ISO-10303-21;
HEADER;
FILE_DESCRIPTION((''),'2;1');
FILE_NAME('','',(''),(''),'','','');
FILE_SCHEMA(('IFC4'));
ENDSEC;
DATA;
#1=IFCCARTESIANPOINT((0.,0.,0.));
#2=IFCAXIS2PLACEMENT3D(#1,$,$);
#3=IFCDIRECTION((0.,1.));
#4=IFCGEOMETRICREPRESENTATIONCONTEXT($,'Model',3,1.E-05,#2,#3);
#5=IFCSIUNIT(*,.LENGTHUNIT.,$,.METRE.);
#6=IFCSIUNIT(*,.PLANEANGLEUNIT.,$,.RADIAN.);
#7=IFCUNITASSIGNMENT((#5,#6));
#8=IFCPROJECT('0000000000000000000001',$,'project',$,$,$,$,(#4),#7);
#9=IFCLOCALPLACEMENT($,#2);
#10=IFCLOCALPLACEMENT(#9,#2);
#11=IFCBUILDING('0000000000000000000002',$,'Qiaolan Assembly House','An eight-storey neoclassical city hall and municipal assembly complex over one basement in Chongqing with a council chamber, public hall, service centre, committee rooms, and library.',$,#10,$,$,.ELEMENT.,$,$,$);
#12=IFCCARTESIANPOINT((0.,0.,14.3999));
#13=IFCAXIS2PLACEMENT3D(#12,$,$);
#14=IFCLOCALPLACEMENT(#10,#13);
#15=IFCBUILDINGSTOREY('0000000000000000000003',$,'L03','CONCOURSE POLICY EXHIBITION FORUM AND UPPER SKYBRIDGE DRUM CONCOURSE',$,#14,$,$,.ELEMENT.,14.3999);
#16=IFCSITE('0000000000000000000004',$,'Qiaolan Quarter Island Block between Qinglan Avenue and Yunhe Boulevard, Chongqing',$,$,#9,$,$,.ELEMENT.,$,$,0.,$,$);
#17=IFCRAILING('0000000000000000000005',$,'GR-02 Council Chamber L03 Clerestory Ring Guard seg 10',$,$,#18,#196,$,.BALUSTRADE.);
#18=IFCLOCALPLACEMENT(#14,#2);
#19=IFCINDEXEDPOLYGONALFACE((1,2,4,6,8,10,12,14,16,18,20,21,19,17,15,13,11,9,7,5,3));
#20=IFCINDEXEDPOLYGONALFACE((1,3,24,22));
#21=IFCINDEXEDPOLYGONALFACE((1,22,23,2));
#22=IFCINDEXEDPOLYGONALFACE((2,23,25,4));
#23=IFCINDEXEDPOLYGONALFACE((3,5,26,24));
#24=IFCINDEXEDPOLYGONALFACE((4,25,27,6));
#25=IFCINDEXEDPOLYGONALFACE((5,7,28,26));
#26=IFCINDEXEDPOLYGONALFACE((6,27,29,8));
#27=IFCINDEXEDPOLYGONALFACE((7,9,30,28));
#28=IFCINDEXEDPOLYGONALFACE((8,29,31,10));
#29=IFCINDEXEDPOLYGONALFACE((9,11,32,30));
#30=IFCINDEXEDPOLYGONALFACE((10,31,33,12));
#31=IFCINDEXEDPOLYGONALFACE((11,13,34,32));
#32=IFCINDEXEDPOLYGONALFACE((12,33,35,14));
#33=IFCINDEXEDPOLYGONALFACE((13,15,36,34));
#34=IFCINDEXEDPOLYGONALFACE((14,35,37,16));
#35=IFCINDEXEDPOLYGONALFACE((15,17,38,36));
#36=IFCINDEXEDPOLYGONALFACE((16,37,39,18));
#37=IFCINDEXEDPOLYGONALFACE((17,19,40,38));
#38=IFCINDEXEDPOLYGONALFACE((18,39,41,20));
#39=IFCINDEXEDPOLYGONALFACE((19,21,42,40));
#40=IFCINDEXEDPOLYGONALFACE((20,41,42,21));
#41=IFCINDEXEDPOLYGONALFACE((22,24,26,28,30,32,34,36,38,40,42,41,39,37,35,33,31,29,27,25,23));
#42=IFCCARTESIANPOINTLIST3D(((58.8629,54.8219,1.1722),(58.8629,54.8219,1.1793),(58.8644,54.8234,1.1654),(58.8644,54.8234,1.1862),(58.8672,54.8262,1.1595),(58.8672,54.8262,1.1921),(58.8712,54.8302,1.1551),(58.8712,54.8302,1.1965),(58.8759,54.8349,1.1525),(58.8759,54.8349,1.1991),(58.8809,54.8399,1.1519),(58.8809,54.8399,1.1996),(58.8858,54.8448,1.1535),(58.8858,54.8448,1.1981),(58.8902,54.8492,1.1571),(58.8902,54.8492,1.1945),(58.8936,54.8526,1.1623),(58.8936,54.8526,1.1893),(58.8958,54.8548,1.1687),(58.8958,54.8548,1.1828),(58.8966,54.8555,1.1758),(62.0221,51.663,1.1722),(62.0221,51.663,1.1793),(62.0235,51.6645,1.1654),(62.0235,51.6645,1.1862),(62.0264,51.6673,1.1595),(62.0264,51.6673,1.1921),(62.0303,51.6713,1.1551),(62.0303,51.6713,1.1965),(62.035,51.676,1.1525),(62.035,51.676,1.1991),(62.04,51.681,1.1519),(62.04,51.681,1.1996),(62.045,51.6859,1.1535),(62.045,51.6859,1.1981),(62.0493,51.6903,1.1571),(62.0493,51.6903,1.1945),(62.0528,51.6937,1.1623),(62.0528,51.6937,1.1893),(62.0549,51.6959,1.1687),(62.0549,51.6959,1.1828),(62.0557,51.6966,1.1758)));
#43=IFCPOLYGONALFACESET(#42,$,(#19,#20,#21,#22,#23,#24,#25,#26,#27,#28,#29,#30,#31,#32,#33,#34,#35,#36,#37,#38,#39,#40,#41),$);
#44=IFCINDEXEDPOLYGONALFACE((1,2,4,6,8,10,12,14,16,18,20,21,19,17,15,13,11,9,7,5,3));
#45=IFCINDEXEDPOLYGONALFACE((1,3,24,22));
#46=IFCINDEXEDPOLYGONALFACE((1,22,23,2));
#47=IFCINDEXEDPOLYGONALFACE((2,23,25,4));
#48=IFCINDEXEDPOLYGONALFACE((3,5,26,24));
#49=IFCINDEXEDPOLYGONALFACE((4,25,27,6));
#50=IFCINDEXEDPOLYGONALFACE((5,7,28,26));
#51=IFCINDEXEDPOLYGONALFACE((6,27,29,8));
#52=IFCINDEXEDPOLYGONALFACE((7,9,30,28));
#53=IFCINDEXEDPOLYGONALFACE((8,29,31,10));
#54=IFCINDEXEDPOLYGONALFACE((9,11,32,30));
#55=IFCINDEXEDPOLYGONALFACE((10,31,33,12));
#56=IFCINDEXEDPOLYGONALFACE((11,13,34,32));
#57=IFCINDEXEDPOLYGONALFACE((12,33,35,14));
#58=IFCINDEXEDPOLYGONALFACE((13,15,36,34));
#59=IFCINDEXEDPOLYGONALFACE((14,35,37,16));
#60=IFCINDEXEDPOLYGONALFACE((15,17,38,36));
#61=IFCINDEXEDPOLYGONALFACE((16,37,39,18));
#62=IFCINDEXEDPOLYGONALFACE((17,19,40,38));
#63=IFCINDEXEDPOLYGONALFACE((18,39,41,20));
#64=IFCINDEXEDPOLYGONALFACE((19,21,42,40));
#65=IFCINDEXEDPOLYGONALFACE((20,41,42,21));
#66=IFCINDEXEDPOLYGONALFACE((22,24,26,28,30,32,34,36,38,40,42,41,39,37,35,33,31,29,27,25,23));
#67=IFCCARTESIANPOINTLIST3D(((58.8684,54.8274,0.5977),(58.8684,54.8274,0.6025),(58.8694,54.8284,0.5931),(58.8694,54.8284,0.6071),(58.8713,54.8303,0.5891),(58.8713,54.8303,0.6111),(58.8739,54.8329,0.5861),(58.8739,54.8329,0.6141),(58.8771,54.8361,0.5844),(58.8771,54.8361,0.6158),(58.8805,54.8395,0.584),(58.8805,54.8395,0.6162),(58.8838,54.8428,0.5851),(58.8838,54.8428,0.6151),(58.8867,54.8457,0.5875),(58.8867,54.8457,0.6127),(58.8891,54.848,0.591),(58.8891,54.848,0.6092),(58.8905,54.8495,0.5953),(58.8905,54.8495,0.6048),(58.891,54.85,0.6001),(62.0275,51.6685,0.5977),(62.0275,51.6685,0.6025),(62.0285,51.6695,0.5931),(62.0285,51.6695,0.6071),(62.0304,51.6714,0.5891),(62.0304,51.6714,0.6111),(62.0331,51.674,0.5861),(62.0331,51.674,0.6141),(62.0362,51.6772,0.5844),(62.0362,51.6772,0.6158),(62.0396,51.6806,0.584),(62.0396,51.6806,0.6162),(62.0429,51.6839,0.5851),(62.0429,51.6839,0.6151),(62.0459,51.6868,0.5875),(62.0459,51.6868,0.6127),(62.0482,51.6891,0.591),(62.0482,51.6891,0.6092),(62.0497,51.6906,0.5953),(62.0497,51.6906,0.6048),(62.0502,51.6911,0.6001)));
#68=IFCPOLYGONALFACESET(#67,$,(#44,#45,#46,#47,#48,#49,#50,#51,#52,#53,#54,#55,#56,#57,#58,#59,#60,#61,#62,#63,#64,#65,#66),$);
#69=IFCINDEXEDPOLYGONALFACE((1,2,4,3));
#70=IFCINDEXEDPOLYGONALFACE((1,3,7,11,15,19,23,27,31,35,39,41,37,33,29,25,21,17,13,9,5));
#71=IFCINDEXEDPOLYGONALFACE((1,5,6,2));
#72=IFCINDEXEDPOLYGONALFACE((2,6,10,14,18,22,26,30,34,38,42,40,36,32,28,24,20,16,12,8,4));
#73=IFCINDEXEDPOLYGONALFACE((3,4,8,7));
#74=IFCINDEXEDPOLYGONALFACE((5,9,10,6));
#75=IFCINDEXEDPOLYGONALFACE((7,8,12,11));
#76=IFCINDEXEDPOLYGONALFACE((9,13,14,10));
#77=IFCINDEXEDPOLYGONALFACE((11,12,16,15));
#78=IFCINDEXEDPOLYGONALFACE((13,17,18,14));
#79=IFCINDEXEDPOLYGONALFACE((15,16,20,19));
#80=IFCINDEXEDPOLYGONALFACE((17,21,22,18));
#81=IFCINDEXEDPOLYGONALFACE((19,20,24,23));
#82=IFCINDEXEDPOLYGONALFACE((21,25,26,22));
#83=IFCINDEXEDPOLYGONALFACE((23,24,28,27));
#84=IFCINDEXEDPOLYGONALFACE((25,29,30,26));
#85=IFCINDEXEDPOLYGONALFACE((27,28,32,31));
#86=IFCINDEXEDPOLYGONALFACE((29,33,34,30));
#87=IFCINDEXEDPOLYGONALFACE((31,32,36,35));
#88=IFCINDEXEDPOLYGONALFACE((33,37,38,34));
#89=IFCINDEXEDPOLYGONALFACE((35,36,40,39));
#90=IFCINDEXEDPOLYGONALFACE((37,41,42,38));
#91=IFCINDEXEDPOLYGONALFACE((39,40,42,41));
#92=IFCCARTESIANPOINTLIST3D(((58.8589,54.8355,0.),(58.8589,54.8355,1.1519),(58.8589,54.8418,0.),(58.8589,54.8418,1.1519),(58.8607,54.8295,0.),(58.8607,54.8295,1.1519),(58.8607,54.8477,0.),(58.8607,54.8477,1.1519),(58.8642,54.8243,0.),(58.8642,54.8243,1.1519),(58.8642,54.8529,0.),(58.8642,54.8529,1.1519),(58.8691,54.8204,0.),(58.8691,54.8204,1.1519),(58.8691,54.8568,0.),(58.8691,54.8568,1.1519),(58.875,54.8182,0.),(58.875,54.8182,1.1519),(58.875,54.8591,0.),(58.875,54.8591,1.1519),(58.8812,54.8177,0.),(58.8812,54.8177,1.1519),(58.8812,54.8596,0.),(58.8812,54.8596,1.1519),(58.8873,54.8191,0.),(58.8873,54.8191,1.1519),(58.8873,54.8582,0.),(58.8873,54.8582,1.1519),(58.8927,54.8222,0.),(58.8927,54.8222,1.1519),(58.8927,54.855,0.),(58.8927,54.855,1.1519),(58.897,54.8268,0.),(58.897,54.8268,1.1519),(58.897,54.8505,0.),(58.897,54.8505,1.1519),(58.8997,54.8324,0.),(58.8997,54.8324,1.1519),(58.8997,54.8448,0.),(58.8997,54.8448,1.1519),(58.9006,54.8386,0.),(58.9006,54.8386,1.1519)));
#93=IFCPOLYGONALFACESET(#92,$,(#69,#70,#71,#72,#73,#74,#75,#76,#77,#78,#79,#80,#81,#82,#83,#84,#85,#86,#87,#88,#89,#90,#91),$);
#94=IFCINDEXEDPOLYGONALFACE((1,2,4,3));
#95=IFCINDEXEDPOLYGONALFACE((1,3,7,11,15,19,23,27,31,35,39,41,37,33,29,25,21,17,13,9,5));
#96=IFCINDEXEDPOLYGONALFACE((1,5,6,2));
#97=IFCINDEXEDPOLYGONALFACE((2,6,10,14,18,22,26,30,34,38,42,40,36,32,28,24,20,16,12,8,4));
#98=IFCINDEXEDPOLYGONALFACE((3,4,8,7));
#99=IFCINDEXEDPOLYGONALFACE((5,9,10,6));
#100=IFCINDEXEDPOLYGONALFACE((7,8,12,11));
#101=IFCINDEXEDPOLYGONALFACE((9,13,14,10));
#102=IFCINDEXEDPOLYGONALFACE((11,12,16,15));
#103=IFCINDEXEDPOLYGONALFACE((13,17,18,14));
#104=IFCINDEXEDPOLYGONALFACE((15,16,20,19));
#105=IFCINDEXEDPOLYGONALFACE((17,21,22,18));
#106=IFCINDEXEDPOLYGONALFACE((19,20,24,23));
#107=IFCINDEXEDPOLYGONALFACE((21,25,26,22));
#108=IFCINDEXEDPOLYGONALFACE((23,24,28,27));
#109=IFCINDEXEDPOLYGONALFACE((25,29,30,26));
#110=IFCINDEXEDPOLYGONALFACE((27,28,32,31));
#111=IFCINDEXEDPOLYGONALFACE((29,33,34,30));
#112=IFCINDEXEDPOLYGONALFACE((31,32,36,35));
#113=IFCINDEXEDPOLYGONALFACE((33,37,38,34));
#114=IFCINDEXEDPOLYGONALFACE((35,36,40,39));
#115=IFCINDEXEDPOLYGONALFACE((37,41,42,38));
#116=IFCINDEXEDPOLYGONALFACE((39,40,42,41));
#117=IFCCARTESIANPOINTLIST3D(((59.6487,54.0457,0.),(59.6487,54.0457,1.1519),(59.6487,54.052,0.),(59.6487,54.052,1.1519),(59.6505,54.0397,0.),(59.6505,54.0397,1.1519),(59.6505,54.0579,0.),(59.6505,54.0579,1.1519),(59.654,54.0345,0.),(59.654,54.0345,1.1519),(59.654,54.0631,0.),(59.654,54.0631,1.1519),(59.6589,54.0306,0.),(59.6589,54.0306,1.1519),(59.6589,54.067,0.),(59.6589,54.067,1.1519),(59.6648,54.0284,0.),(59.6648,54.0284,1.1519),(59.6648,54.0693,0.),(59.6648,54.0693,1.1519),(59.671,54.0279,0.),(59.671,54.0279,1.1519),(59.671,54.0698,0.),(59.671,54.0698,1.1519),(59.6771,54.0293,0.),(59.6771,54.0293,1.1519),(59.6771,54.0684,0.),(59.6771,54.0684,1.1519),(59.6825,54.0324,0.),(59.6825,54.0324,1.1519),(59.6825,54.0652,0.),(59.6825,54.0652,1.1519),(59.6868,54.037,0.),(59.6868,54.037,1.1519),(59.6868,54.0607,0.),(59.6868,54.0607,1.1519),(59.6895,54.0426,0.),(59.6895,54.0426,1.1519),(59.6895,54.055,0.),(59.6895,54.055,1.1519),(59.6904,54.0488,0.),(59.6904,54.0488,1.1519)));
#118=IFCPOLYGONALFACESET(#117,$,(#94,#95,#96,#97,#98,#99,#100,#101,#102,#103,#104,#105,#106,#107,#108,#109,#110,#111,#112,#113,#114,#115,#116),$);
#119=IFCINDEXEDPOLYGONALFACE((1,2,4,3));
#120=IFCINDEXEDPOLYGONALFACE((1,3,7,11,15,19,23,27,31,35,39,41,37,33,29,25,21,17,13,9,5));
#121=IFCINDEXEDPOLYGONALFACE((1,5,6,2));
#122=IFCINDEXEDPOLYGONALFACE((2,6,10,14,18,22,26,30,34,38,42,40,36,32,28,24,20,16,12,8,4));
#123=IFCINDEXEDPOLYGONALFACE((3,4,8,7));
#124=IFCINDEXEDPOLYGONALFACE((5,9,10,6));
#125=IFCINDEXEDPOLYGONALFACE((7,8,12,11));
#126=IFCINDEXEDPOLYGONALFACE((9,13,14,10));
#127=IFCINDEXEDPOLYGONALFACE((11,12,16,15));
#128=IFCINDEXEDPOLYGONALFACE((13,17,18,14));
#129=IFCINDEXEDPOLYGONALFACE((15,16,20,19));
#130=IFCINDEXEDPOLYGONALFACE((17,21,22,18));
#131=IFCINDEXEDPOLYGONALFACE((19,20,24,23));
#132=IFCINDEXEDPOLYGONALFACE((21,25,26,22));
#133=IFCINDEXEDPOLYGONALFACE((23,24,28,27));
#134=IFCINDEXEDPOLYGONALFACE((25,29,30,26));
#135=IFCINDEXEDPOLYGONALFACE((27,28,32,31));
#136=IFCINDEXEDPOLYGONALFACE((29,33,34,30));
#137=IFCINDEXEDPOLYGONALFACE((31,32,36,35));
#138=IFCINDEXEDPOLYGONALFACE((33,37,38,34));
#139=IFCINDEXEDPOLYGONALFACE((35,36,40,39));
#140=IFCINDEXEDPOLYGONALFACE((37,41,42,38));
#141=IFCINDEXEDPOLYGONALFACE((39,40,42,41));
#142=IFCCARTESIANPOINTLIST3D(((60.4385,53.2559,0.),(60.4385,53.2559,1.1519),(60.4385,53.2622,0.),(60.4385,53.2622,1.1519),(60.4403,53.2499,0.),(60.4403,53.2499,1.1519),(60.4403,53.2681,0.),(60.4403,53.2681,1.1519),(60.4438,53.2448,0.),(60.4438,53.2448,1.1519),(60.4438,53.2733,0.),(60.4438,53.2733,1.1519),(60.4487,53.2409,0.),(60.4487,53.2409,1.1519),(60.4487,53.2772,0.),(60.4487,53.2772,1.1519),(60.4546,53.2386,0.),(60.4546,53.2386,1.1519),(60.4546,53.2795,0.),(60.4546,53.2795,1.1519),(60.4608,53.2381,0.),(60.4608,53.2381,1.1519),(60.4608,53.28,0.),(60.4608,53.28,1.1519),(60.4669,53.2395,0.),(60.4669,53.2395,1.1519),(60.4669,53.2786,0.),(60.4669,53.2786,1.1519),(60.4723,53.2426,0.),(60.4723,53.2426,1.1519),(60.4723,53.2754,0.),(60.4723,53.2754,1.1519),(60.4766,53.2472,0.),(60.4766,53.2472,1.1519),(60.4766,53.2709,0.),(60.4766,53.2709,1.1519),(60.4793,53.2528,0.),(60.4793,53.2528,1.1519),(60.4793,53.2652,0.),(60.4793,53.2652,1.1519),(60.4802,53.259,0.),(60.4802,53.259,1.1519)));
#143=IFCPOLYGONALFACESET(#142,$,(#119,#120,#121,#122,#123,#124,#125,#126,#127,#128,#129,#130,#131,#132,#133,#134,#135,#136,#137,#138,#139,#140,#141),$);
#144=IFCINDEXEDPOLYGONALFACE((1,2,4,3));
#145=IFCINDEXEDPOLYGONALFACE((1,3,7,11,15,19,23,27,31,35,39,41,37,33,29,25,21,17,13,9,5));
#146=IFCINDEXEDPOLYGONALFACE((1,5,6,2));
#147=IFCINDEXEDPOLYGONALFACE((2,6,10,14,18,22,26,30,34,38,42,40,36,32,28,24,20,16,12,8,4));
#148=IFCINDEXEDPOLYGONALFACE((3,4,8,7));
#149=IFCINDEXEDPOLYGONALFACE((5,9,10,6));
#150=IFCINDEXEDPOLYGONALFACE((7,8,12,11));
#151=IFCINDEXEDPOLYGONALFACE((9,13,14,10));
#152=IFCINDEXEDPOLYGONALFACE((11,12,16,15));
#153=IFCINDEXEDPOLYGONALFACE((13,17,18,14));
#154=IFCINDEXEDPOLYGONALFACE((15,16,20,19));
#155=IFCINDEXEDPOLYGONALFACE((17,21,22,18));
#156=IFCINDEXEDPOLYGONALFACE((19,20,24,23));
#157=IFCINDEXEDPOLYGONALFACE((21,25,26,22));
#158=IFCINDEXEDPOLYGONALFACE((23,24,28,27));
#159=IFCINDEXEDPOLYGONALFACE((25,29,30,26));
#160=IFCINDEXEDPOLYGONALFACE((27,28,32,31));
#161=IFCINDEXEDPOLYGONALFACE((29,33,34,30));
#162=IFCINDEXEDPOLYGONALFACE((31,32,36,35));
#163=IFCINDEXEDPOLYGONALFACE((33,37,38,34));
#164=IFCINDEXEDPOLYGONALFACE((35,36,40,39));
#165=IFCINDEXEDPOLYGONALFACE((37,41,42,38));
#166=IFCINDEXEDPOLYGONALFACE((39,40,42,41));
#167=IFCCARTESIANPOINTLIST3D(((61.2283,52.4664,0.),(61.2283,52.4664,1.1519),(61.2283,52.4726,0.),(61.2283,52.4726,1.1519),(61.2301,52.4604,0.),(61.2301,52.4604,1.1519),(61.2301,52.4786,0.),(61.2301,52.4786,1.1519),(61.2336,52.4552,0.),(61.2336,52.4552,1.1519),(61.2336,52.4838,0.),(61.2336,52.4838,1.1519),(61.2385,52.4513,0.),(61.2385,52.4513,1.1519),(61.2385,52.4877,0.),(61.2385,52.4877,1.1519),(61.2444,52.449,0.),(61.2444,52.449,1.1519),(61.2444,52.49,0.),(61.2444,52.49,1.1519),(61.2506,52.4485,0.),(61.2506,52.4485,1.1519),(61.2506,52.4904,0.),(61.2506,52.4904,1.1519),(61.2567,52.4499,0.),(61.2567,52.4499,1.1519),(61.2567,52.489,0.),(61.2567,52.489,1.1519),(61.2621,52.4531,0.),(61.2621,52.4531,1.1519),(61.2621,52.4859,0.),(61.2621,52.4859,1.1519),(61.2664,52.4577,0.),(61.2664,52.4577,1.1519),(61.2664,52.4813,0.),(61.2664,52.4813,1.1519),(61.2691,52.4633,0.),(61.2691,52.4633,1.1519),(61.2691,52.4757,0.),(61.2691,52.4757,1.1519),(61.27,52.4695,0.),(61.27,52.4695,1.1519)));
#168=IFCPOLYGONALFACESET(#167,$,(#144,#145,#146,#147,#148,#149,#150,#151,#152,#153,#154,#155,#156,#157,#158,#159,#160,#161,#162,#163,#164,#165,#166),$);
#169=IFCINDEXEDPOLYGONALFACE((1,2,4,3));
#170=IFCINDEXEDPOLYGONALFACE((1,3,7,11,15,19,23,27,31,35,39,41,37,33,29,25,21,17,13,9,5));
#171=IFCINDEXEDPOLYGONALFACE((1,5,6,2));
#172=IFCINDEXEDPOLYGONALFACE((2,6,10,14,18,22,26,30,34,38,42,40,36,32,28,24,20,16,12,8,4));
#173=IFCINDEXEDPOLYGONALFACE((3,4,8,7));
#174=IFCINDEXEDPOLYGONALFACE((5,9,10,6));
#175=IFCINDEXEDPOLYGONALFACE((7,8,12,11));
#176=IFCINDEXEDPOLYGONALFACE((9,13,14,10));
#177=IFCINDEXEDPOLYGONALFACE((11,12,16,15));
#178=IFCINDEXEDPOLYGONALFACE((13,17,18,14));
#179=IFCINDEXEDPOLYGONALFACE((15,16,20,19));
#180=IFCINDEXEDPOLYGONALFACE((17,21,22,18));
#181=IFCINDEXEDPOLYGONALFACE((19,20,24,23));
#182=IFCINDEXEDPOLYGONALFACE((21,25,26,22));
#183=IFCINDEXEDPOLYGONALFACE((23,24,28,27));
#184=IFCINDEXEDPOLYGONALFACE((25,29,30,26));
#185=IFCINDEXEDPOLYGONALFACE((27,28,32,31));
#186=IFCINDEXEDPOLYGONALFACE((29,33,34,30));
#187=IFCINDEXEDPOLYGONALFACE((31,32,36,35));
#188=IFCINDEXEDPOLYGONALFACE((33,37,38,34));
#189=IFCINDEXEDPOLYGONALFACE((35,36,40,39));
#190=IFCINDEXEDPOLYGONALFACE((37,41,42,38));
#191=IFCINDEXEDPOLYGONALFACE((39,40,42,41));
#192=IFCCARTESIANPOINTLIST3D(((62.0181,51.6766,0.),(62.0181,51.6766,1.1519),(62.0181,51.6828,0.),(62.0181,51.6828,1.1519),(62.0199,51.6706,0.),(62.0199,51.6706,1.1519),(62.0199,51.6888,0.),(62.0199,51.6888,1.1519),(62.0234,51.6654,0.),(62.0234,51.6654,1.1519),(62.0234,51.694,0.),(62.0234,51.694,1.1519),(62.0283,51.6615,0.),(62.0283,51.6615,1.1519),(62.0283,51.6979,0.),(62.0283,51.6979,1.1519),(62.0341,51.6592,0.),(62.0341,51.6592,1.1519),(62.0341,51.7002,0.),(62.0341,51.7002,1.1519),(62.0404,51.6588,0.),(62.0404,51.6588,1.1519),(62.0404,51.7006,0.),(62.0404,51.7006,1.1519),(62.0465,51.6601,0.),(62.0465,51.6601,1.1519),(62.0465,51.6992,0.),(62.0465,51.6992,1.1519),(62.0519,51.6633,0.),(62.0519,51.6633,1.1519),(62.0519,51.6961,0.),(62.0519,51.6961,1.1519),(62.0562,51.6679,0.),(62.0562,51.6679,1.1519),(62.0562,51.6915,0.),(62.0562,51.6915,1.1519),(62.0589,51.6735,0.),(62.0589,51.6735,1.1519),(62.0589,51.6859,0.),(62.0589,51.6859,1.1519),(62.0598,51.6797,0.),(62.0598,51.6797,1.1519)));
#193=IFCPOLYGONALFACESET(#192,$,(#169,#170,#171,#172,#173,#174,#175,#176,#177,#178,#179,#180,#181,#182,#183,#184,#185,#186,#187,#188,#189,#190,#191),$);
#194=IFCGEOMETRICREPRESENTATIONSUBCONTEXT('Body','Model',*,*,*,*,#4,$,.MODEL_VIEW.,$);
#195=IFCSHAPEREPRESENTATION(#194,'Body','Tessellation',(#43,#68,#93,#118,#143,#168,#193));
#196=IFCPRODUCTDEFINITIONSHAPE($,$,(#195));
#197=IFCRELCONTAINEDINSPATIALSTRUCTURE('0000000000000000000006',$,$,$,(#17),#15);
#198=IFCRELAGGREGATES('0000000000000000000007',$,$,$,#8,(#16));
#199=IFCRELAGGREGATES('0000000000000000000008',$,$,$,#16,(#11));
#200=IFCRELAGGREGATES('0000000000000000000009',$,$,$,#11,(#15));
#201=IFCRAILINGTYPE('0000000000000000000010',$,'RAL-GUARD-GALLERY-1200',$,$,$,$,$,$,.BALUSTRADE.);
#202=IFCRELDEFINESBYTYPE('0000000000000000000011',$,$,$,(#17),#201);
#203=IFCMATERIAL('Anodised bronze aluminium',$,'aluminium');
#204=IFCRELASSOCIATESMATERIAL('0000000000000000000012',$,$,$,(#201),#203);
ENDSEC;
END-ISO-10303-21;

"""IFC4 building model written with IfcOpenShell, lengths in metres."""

from ifc_helpers import new_model, si_unit, direction, frame, origin, origin_2d, place, context, subcontext, project, spatial, circle, extrude, material, type_object, element, save


model = new_model("IFC4")

# Units and contexts
model_context = context("Model", 3, precision=1e-05, world=origin(), true_north=direction((0.0, 1.0)))
body_context = subcontext(model_context, "Body", "Model", "MODEL_VIEW")
ifc_project = project(units=[si_unit("LENGTHUNIT", "METRE"), si_unit("PLANEANGLEUNIT", "RADIAN")], contexts=[model_context])

# Site, building, storey
site_placement = place(None, origin())
site = spatial("IfcSite", under=ifc_project, at=site_placement, Name="Qiaolan Quarter Island Block between Qinglan Avenue and Yunhe Boulevard, Chongqing", CompositionType="ELEMENT", RefElevation=0.0)
building_placement = place(site_placement, origin())
building = spatial("IfcBuilding", under=site, at=building_placement, Name="Qiaolan Assembly House", Description="An eight-storey neoclassical city hall and municipal assembly complex over one basement in Chongqing with a council chamber, public hall, service centre, committee rooms, and library.", CompositionType="ELEMENT")
storey_placement = place(building_placement, frame((0.0, 0.0, 14.3999)))
storey = spatial("IfcBuildingStorey", under=building, at=storey_placement, Name="L03", Description="CONCOURSE POLICY EXHIBITION FORUM AND UPPER SKYBRIDGE DRUM CONCOURSE", CompositionType="ELEMENT", Elevation=14.3999)

# Shared definitions
ifc_material_1 = material(Name="Anodised bronze aluminium", Category="aluminium")

# Railing
railing_type = type_object("IfcRailingType", Name="RAL-GUARD-GALLERY-1200", PredefinedType="BALUSTRADE", material=ifc_material_1)
railing_1_placement = place(storey_placement, frame((58.8796, 54.8386, 0.0)))
element("IfcRailing", 1, at=railing_1_placement, inside=storey, type_object=railing_type, Name="GR-02 Council Chamber L03 Clerestory Ring Guard seg 10", PredefinedType="BALUSTRADE", context=body_context, shape_type="SweptSolid", body=[
    extrude(circle(Radius=0.0239, at=origin_2d()), frame((0.0, 0.0, 1.1758), z_axis=(0.707134, -0.707079, 0.0), x_axis=(0.707079, 0.707134, 0.0)), (0.0, 0.0, 1.0), 4.4675),
    extrude(circle(Radius=0.0161, at=origin_2d()), frame((0.0, 0.0, 0.6001), z_axis=(0.707134, -0.707079, 0.0), x_axis=(0.707079, 0.707134, 0.0)), (0.0, 0.0, 1.0), 4.4675),
    extrude(circle(Radius=0.021, at=origin_2d()), origin(), (0.0, 0.0, 1.0), 1.1519),
    extrude(circle(Radius=0.021, at=origin_2d()), frame((0.7898, -0.7898, 0.0)), (0.0, 0.0, 1.0), 1.1519),
    extrude(circle(Radius=0.021, at=origin_2d()), frame((1.5796, -1.5796, 0.0)), (0.0, 0.0, 1.0), 1.1519),
    extrude(circle(Radius=0.021, at=origin_2d()), frame((2.3694, -2.3691, 0.0)), (0.0, 0.0, 1.0), 1.1519),
    extrude(circle(Radius=0.021, at=origin_2d()), frame((3.1592, -3.1589, 0.0)), (0.0, 0.0, 1.0), 1.1519),
])

save(model, "model.ifc")
